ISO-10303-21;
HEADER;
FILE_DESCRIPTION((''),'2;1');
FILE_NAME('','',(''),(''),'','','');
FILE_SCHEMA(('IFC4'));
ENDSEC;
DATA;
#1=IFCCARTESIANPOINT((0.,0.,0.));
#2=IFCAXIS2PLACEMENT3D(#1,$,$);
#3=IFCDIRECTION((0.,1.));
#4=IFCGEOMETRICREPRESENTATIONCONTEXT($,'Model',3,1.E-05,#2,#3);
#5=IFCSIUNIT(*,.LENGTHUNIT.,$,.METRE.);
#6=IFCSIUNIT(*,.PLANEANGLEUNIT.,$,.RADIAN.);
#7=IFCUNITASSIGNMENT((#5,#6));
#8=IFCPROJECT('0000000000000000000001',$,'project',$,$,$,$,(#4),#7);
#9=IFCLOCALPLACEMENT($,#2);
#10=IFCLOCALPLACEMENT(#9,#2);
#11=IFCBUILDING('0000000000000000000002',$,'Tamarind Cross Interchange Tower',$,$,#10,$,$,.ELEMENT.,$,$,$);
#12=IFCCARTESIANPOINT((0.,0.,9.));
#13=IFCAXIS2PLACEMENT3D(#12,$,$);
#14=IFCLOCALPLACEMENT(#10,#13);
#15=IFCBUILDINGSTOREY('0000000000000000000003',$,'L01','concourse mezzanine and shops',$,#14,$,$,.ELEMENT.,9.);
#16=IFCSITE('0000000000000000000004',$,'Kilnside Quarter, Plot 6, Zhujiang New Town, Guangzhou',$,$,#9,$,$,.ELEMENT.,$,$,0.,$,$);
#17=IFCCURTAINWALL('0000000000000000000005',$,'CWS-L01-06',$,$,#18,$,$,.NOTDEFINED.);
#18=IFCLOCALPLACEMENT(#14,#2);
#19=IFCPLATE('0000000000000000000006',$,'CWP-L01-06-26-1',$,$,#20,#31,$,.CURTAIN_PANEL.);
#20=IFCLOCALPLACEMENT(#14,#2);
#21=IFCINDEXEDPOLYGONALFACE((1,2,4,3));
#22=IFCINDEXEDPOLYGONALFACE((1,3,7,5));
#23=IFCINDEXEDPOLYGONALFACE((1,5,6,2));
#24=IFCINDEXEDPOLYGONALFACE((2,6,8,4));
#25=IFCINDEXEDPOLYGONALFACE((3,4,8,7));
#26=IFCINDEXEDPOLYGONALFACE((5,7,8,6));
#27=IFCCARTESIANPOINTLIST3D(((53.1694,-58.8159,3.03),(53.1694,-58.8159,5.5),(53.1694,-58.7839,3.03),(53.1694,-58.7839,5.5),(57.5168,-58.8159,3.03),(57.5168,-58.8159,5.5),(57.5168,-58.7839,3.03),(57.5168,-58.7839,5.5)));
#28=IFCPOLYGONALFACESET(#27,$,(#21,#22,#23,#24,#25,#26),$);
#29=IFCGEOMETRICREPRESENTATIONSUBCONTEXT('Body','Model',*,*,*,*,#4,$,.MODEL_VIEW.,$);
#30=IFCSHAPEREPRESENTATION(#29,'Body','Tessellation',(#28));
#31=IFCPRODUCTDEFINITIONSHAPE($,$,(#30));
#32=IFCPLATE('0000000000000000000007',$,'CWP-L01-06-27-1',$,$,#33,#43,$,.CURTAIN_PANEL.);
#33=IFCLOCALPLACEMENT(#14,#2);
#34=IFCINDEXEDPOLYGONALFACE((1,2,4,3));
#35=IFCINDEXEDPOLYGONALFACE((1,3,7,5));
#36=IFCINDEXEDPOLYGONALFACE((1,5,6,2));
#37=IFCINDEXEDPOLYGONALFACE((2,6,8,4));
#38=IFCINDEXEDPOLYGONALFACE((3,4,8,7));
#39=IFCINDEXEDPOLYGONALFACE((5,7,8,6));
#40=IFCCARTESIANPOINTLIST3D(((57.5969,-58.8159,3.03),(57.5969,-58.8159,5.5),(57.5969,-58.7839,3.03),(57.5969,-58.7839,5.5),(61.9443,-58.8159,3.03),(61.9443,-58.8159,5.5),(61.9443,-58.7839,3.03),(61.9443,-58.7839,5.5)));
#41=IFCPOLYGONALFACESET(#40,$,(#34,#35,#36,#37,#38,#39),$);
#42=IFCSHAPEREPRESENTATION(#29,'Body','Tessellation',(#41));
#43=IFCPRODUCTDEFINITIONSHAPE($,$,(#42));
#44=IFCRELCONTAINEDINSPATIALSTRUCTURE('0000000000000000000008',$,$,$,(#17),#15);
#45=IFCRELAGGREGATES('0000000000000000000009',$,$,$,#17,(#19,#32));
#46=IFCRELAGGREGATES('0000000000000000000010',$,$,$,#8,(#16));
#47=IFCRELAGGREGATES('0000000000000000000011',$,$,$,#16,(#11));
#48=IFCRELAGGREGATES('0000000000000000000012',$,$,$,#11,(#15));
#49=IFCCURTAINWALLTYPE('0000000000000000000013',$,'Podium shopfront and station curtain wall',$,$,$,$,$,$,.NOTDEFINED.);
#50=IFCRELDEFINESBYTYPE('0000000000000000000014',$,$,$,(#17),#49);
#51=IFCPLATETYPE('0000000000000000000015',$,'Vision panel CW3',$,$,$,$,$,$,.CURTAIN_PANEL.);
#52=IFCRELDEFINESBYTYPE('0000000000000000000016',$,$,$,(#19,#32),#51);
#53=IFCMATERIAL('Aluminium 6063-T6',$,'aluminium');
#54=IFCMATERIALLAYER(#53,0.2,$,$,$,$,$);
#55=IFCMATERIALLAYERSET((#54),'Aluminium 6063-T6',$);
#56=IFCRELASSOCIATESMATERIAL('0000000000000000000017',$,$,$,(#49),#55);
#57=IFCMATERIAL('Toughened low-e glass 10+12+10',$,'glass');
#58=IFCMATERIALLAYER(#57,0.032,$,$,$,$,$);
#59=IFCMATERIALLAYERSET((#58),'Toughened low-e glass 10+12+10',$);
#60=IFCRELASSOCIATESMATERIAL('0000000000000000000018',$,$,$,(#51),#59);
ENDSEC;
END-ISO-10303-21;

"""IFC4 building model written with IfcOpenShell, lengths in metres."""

from ifc_helpers import new_model, si_unit, direction, frame, origin, place, context, subcontext, project, spatial, polyline, outline, extrude, material, layer, layer_set, type_object, element, aggregate, save


model = new_model("IFC4")

# Units and contexts
model_context = context("Model", 3, precision=1e-05, world=origin(), true_north=direction((0.0, 1.0)))
body_context = subcontext(model_context, "Body", "Model", "MODEL_VIEW")
ifc_project = project(units=[si_unit("LENGTHUNIT", "METRE"), si_unit("PLANEANGLEUNIT", "RADIAN")], contexts=[model_context])

# Site, building, storey
site_placement = place(None, origin())
site = spatial("IfcSite", under=ifc_project, at=site_placement, Name="Kilnside Quarter, Plot 6, Zhujiang New Town, Guangzhou", CompositionType="ELEMENT", RefElevation=0.0)
building_placement = place(site_placement, origin())
building = spatial("IfcBuilding", under=site, at=building_placement, Name="Tamarind Cross Interchange Tower", CompositionType="ELEMENT")
storey_placement = place(building_placement, frame((0.0, 0.0, 9.0)))
storey = spatial("IfcBuildingStorey", under=building, at=storey_placement, Name="L01", Description="concourse mezzanine and shops", CompositionType="ELEMENT", Elevation=9.0)

# Curtain wall, plates
ifc_material_1 = material(Name="Aluminium 6063-T6", Category="aluminium")
ifc_layer_1 = layer(ifc_material_1, 0.2)
ifc_layer_set_1 = layer_set([ifc_layer_1], Name="Aluminium 6063-T6")
curtain_wall_type = type_object("IfcCurtainWallType", Name="Podium shopfront and station curtain wall", PredefinedType="NOTDEFINED", material=ifc_layer_set_1)
curtain_wall_placement = place(storey_placement, origin())
curtain_wall = element("IfcCurtainWall", 1, at=curtain_wall_placement, inside=storey, type_object=curtain_wall_type, Name="CWS-L01-06", PredefinedType="NOTDEFINED")
ifc_material_2 = material(Name="Toughened low-e glass 10+12+10", Category="glass")
ifc_layer_2 = layer(ifc_material_2, 0.032)
ifc_layer_set_2 = layer_set([ifc_layer_2], Name="Toughened low-e glass 10+12+10")
plate_type = type_object("IfcPlateType", Name="Vision panel CW3", PredefinedType="CURTAIN_PANEL", material=ifc_layer_set_2)
plate_1_placement = place(storey_placement, frame((0.0, 0.0, 3.03)))
plate_1 = element("IfcPlate", 2, at=plate_1_placement, type_object=plate_type, Name="CWP-L01-06-26-1", PredefinedType="CURTAIN_PANEL", context=body_context, shape_type="SweptSolid", body=[
    extrude(outline(polyline([(53.1694, -58.7839), (57.5168, -58.7839), (57.5168, -58.8159), (53.1694, -58.8159), (53.1694, -58.7839)])), origin(), (0.0, 0.0, 1.0), 2.47),
])
plate_2_placement = place(storey_placement, frame((0.0, 0.0, 3.03)))
plate_2 = element("IfcPlate", 3, at=plate_2_placement, type_object=plate_type, Name="CWP-L01-06-27-1", PredefinedType="CURTAIN_PANEL", context=body_context, shape_type="SweptSolid", body=[
    extrude(outline(polyline([(57.5969, -58.7839), (61.9443, -58.7839), (61.9443, -58.8159), (57.5969, -58.8159), (57.5969, -58.7839)])), origin(), (0.0, 0.0, 1.0), 2.47),
])
aggregate(curtain_wall, [plate_1, plate_2])

save(model, "model.ifc")
